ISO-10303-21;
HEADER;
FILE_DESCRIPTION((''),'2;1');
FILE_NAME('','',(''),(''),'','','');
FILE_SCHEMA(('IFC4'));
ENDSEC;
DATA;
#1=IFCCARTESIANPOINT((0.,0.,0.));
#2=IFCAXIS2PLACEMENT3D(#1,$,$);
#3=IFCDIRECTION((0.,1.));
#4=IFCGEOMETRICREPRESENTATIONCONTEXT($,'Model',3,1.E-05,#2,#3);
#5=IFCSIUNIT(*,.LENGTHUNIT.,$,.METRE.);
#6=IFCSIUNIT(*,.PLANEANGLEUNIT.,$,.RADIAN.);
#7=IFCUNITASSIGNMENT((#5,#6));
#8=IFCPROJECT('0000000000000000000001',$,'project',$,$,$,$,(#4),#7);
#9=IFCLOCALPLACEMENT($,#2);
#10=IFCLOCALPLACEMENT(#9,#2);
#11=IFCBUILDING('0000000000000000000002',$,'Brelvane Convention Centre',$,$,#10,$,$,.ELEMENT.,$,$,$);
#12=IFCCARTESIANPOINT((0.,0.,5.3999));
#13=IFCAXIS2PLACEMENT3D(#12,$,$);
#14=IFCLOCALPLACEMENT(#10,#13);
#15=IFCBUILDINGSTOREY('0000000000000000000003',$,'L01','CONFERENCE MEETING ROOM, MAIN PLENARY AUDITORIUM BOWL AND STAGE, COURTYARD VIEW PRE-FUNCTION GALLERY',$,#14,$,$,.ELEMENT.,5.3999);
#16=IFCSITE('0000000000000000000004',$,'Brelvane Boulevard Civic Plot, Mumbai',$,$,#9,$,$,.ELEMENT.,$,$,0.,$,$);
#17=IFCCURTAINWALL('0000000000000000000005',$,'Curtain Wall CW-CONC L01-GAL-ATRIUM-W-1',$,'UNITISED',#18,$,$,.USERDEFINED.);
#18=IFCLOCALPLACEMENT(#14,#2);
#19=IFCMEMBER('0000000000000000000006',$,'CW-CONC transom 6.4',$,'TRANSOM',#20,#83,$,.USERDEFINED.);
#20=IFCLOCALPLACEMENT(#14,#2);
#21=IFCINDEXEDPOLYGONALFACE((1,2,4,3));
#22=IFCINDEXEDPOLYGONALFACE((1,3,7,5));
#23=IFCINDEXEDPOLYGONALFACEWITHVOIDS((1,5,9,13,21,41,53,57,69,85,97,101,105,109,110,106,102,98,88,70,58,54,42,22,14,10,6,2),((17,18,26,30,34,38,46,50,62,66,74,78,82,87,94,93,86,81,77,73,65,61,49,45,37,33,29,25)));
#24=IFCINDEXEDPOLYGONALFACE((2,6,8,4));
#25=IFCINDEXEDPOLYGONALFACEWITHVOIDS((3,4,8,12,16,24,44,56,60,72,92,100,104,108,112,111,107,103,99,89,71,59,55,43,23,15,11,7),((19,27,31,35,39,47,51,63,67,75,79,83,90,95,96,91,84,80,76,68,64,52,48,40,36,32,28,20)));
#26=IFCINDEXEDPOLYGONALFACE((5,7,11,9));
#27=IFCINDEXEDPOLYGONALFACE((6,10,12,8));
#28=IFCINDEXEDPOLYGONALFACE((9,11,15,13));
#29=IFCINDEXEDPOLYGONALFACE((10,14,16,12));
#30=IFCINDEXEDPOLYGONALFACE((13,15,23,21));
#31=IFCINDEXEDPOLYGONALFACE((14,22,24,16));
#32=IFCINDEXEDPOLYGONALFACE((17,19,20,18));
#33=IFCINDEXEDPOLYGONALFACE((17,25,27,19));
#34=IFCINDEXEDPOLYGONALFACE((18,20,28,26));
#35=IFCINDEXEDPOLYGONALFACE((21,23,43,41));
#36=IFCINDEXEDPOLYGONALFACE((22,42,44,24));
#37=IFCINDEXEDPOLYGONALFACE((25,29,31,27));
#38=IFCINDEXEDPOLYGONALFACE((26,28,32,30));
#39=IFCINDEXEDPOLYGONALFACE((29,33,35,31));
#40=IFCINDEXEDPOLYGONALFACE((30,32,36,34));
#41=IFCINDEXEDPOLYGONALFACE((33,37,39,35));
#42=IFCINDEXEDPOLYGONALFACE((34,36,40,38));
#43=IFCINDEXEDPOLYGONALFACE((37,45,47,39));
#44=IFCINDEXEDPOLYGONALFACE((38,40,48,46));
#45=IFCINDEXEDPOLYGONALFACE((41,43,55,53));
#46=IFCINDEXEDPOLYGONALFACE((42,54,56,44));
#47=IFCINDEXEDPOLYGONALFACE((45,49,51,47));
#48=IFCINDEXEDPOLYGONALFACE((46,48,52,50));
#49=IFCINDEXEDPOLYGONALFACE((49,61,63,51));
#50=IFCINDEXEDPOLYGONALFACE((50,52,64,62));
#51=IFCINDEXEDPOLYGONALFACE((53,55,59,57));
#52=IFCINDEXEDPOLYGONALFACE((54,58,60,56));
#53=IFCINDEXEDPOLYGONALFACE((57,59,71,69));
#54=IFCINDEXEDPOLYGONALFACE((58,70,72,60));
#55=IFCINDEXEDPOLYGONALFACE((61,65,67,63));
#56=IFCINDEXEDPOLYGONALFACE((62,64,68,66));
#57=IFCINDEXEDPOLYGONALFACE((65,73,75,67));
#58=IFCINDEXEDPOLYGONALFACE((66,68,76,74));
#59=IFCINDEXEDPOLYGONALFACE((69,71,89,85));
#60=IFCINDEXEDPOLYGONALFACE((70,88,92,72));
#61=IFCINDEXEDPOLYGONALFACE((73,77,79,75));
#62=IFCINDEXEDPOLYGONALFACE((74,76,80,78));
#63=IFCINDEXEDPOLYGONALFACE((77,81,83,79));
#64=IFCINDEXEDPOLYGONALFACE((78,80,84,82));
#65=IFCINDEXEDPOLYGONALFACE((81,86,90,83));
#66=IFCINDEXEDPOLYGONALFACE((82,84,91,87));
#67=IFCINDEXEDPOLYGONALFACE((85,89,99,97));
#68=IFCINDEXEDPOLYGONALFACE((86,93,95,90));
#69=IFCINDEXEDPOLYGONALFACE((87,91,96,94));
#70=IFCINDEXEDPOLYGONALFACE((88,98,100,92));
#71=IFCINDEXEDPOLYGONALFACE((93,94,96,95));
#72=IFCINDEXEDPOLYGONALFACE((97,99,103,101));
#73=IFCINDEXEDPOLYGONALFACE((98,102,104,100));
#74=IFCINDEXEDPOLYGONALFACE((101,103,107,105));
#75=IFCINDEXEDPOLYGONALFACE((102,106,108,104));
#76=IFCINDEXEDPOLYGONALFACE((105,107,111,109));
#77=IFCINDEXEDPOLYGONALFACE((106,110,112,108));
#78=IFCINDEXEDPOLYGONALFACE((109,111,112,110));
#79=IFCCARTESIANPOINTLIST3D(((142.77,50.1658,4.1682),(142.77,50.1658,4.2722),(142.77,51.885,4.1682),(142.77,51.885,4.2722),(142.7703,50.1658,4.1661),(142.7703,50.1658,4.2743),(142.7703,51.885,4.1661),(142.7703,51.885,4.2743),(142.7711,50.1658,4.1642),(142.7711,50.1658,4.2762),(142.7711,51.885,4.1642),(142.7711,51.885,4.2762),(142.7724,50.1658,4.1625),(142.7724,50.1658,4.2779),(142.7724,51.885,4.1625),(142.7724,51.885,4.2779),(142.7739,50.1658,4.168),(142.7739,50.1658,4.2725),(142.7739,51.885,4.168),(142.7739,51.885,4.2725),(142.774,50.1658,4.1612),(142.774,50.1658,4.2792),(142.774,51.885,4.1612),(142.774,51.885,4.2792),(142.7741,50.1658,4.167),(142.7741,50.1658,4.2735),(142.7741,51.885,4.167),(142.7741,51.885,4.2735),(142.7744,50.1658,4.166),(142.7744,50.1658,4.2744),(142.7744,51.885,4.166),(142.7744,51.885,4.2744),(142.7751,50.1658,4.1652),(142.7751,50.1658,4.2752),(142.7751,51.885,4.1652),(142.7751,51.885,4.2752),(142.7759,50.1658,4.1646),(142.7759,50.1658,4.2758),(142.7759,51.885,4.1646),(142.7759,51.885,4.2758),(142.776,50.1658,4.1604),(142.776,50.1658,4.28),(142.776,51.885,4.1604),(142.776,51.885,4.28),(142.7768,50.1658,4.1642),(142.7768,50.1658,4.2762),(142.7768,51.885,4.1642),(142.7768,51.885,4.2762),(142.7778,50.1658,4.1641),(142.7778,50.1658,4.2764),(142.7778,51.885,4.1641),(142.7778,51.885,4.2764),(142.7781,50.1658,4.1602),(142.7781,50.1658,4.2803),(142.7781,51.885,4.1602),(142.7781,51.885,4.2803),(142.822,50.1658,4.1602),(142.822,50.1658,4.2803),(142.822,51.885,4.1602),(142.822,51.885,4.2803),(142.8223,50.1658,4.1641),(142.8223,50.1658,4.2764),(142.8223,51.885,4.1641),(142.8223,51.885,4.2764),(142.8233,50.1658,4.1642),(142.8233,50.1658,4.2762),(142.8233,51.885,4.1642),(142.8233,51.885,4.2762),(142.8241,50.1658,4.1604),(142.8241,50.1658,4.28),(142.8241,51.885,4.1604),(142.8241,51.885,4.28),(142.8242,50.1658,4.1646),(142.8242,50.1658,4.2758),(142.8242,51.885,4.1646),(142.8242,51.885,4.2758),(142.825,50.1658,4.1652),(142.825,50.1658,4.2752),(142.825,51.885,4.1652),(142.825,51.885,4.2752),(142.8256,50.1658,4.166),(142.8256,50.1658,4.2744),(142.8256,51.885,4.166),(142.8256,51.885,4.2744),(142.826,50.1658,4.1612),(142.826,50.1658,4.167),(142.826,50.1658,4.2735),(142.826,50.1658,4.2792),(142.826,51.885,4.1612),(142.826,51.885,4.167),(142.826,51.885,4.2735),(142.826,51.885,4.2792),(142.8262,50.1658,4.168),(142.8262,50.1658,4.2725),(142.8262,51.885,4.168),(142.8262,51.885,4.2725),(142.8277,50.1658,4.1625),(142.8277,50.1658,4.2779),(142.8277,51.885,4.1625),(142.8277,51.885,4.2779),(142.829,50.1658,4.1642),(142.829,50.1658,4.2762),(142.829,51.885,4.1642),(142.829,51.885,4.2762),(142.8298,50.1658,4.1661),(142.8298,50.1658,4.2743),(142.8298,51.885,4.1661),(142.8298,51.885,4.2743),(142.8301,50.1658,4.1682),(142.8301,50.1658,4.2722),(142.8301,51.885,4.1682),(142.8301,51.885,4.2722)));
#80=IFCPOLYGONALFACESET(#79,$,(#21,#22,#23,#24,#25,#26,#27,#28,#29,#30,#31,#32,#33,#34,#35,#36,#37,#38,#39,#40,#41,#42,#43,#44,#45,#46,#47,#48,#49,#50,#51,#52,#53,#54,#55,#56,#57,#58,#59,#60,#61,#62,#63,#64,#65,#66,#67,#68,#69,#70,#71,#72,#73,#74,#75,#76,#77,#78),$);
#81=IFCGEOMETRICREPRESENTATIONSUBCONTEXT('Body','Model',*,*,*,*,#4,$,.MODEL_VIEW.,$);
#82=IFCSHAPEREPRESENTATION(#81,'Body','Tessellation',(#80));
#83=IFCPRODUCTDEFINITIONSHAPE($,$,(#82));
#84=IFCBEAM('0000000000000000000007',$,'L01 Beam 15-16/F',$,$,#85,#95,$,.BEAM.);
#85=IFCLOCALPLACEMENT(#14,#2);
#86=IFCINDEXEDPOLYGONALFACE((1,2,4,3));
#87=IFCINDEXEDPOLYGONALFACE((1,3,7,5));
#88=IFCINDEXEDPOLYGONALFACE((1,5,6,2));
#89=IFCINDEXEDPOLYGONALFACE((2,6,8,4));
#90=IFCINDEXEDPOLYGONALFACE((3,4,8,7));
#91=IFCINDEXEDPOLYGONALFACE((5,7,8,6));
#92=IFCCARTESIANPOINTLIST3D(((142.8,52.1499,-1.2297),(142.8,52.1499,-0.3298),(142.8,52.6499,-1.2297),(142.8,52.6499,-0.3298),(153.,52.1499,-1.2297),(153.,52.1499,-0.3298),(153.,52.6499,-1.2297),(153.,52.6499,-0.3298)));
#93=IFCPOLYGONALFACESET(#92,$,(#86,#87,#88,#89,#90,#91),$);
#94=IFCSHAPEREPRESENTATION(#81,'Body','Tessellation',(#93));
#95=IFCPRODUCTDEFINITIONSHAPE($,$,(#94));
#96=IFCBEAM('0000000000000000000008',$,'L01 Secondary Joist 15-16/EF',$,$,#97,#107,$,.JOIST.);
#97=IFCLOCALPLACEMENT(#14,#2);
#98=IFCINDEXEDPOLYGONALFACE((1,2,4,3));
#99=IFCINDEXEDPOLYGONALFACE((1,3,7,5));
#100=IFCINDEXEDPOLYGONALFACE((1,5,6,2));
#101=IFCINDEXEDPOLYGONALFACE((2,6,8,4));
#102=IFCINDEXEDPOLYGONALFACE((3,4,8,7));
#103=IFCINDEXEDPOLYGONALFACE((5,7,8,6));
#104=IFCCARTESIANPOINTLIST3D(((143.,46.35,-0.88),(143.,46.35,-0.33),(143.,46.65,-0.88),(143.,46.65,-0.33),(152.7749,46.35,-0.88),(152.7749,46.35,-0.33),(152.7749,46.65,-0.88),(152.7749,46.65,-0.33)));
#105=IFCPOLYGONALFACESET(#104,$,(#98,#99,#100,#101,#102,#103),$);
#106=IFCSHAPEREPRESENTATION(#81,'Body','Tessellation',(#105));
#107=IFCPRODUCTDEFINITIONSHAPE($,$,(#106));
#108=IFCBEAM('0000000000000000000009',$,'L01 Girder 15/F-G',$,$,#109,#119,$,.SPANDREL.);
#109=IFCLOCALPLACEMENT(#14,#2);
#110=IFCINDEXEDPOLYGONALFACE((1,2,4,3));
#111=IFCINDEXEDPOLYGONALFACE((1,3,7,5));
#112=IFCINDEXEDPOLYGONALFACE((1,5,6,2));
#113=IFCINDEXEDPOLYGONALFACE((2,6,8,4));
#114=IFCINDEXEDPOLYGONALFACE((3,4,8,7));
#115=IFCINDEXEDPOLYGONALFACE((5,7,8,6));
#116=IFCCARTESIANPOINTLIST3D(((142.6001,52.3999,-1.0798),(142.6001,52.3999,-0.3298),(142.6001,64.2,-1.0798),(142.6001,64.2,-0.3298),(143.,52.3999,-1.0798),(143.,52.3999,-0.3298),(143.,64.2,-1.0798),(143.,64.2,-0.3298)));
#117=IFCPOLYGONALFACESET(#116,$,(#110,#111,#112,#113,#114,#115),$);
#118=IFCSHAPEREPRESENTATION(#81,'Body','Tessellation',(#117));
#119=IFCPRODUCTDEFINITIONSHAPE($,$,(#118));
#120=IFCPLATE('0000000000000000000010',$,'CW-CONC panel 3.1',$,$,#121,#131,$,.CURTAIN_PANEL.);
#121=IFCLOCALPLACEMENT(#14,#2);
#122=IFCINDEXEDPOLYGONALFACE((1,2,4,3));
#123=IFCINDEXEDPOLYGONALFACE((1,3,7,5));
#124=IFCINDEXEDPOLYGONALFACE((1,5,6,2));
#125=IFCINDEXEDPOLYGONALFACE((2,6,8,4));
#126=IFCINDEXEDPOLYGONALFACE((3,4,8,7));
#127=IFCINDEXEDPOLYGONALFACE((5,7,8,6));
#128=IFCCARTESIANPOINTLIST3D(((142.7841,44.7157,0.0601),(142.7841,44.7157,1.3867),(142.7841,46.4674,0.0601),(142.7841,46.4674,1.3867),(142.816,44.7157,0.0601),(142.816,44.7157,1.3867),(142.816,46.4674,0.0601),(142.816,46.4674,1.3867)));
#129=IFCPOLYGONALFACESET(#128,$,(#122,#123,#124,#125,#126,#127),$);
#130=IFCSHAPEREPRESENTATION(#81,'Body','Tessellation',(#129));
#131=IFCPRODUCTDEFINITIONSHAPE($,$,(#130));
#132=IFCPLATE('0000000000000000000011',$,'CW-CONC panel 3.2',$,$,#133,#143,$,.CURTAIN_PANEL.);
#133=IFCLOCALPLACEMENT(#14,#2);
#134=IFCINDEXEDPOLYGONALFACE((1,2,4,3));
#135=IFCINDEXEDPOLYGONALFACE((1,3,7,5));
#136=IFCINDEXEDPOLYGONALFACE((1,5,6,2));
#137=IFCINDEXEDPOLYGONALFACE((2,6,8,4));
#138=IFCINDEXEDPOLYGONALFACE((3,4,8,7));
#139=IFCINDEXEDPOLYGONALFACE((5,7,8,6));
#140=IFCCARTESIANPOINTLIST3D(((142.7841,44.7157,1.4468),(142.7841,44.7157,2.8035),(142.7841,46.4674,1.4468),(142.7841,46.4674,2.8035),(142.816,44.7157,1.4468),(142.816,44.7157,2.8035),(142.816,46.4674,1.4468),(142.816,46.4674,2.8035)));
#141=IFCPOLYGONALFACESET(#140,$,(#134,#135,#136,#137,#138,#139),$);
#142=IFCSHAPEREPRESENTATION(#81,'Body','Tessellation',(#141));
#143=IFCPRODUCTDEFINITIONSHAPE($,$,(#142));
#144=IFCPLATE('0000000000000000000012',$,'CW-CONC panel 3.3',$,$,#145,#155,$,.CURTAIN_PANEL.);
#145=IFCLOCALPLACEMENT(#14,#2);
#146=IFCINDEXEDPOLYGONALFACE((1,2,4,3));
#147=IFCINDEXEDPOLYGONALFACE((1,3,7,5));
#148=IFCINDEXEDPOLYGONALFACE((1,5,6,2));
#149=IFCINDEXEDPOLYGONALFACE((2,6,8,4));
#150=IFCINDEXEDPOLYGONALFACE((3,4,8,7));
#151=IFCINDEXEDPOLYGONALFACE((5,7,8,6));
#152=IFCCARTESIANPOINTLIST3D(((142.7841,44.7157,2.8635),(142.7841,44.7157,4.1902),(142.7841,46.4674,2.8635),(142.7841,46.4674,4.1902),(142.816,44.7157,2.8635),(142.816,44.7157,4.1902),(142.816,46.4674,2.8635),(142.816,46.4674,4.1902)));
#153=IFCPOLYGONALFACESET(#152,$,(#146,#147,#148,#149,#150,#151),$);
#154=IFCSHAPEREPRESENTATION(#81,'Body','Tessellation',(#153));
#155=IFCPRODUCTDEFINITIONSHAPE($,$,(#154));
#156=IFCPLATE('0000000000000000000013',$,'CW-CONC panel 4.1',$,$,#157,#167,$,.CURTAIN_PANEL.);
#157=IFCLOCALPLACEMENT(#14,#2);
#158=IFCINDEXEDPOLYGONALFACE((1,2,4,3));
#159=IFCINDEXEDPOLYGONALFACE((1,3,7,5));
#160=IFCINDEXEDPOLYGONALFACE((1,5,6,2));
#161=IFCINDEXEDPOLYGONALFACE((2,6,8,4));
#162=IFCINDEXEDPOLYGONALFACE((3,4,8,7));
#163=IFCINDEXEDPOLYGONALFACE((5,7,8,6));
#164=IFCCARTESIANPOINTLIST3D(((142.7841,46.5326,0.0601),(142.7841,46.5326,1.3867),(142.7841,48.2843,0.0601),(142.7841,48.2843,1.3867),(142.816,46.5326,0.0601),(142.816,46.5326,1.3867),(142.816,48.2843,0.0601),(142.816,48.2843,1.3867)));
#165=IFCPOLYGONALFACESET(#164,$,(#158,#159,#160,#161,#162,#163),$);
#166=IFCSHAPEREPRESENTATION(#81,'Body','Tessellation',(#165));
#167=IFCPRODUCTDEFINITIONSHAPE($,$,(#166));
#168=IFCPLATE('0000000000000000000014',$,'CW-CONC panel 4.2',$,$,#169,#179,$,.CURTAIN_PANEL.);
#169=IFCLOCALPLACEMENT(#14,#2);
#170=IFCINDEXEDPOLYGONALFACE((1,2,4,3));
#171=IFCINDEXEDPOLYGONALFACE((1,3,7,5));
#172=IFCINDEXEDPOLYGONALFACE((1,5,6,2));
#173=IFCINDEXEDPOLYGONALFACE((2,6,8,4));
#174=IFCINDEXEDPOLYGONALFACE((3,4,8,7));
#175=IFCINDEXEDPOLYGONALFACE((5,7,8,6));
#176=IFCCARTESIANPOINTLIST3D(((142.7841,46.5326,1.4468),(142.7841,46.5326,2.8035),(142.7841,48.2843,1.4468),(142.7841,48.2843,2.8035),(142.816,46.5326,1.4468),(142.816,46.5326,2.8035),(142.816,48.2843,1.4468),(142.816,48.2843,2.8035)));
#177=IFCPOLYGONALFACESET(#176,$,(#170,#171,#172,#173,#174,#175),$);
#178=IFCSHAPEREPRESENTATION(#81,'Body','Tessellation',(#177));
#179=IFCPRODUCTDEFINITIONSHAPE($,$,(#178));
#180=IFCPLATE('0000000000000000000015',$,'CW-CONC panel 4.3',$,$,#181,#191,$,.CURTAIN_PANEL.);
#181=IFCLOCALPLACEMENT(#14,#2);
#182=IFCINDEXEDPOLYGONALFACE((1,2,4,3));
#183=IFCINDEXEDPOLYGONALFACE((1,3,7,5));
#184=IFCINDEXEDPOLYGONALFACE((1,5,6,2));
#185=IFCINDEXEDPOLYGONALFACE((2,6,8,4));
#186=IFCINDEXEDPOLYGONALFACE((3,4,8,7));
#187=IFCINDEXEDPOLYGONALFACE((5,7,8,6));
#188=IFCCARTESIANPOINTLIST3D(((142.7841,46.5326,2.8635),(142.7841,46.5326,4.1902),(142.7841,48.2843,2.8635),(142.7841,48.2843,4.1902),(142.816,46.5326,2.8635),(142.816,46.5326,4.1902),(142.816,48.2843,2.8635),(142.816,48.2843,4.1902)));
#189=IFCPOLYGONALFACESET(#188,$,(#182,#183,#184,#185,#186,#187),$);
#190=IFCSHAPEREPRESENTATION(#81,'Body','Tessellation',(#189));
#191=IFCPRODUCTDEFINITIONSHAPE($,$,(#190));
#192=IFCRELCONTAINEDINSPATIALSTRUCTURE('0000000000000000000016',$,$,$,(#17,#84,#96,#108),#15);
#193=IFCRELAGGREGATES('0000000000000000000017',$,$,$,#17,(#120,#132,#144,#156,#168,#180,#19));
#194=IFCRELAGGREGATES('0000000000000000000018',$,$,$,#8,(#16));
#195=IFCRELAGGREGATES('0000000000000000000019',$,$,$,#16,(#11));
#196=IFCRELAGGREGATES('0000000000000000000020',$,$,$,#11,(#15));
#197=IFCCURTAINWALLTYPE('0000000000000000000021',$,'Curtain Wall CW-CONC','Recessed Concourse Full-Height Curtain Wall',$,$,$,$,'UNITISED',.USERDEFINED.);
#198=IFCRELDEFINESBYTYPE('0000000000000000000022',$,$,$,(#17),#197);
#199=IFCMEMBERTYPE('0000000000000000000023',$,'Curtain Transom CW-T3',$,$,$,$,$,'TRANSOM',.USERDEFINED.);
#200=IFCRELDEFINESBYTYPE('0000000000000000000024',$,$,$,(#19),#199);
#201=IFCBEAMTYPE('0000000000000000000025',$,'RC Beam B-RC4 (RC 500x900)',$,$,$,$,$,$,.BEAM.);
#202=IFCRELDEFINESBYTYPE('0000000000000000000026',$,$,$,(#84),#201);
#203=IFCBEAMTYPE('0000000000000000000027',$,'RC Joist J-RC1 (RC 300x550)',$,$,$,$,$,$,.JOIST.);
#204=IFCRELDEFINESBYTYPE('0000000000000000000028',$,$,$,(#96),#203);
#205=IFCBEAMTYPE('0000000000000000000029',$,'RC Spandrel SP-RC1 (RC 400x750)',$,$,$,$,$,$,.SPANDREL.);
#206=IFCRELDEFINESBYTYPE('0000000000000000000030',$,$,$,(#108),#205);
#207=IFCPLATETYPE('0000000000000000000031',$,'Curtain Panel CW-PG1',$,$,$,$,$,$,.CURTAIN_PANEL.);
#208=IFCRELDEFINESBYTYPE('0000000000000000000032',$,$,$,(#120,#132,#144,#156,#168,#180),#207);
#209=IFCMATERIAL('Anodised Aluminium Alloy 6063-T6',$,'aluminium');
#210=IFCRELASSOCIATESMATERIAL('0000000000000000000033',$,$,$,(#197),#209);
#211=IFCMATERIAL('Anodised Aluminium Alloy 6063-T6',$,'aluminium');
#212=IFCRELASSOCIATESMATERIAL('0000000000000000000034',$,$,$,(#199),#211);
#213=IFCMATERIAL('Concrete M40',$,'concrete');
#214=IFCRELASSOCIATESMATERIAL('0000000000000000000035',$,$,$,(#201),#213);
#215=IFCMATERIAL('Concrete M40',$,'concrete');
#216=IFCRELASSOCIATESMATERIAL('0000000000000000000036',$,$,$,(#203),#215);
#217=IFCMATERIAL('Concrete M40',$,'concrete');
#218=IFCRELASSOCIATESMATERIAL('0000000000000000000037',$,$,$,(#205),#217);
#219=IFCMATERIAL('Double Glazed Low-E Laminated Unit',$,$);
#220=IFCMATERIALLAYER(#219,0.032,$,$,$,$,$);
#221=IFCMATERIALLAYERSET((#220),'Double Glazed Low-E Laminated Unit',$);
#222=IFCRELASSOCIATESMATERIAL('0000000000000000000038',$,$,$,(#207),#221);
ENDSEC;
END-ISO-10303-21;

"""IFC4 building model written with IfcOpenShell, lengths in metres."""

from ifc_helpers import new_model, si_unit, direction, frame, origin, origin_2d, place, context, subcontext, project, spatial, rectangle, hollow_rectangle, extrude, material, layer, layer_set, material_profile, profile_set, type_object, element, aggregate, save


model = new_model("IFC4")

# Units and contexts
model_context = context("Model", 3, precision=1e-05, world=origin(), true_north=direction((0.0, 1.0)))
body_context = subcontext(model_context, "Body", "Model", "MODEL_VIEW")
ifc_project = project(units=[si_unit("LENGTHUNIT", "METRE"), si_unit("PLANEANGLEUNIT", "RADIAN")], contexts=[model_context])

# Site, building, storey
site_placement = place(None, origin())
site = spatial("IfcSite", under=ifc_project, at=site_placement, Name="Brelvane Boulevard Civic Plot, Mumbai", CompositionType="ELEMENT", RefElevation=0.0)
building_placement = place(site_placement, origin())
building = spatial("IfcBuilding", under=site, at=building_placement, Name="Brelvane Convention Centre", CompositionType="ELEMENT")
storey_placement = place(building_placement, frame((0.0, 0.0, 5.3999)))
storey = spatial("IfcBuildingStorey", under=building, at=storey_placement, Name="L01", Description="CONFERENCE MEETING ROOM, MAIN PLENARY AUDITORIUM BOWL AND STAGE, COURTYARD VIEW PRE-FUNCTION GALLERY", CompositionType="ELEMENT", Elevation=5.3999)

# Curtain wall, member
ifc_material_1 = material(Name="Anodised Aluminium Alloy 6063-T6", Category="aluminium")
curtain_wall_type = type_object("IfcCurtainWallType", Name="Curtain Wall CW-CONC", Description="Recessed Concourse Full-Height Curtain Wall", ElementType="UNITISED", PredefinedType="USERDEFINED", material=ifc_material_1)
curtain_wall_placement = place(storey_placement, origin())
curtain_wall = element("IfcCurtainWall", 1, at=curtain_wall_placement, inside=storey, type_object=curtain_wall_type, Name="Curtain Wall CW-CONC L01-GAL-ATRIUM-W-1", ObjectType="UNITISED", PredefinedType="USERDEFINED")
ifc_material_2 = material(Name="Anodised Aluminium Alloy 6063-T6", Category="aluminium")
ifc_material_profile_1 = material_profile(ifc_material_2, hollow_rectangle(XDim=0.0601, YDim=0.1201, WallThickness=0.0039, InnerFilletRadius=0.0039, OuterFilletRadius=0.0081, at=origin_2d()), Name="ALU-T 120x60x4.0")
ifc_profile_set_1 = profile_set([ifc_material_profile_1], Name="Anodised Aluminium Alloy 6063-T6")
member_type_1 = type_object("IfcMemberType", Name="Curtain Transom CW-T3", ElementType="TRANSOM", PredefinedType="USERDEFINED", material=ifc_profile_set_1)
member_1_placement = place(storey_placement, frame((142.8, 50.1658, 4.2202), z_axis=(0.0, 1.0, 0.0), x_axis=(-1.0, 0.0, 0.0)))
member_1 = element("IfcMember", 2, at=member_1_placement, type_object=member_type_1, Name="CW-CONC transom 6.4", ObjectType="TRANSOM", PredefinedType="USERDEFINED", context=body_context, shape_type="SweptSolid", body=[
    extrude(hollow_rectangle(XDim=0.0601, YDim=0.1201, WallThickness=0.0039, InnerFilletRadius=0.0039, OuterFilletRadius=0.0081, at=origin_2d()), origin(), (0.0, 0.0, 1.0), 1.7192),
])

# Beams
ifc_material_3 = material(Name="Concrete M40", Category="concrete")
ifc_material_profile_2 = material_profile(ifc_material_3, rectangle(XDim=0.5, YDim=0.8999, at=origin_2d()), Name="RC 500x900")
ifc_profile_set_2 = profile_set([ifc_material_profile_2], Name="Concrete M40")
beam_type_1 = type_object("IfcBeamType", Name="RC Beam B-RC4 (RC 500x900)", PredefinedType="BEAM", material=ifc_profile_set_2)
beam_1_placement = place(storey_placement, frame((142.8, 52.3999, -0.7798), z_axis=(1.0, 0.0, 0.0), x_axis=(0.0, 1.0, 0.0)))
element("IfcBeam", 3, at=beam_1_placement, inside=storey, type_object=beam_type_1, Name="L01 Beam 15-16/F", PredefinedType="BEAM", context=body_context, shape_type="SweptSolid", body=[
    extrude(rectangle(XDim=0.5, YDim=0.8999, at=origin_2d()), origin(), (0.0, 0.0, 1.0), 10.2),
])
ifc_material_4 = material(Name="Concrete M40", Category="concrete")
ifc_material_profile_3 = material_profile(ifc_material_4, rectangle(XDim=0.3, YDim=0.55, at=origin_2d()), Name="RC 300x550")
ifc_profile_set_3 = profile_set([ifc_material_profile_3], Name="Concrete M40")
beam_type_2 = type_object("IfcBeamType", Name="RC Joist J-RC1 (RC 300x550)", PredefinedType="JOIST", material=ifc_profile_set_3)
beam_2_placement = place(storey_placement, frame((143.0, 46.5, -0.605), z_axis=(1.0, 0.0, 0.0), x_axis=(0.0, 1.0, 0.0)))
element("IfcBeam", 4, at=beam_2_placement, inside=storey, type_object=beam_type_2, Name="L01 Secondary Joist 15-16/EF", PredefinedType="JOIST", context=body_context, shape_type="SweptSolid", body=[
    extrude(rectangle(XDim=0.3, YDim=0.55, at=origin_2d()), origin(), (0.0, 0.0, 1.0), 9.7749),
])
ifc_material_5 = material(Name="Concrete M40", Category="concrete")
ifc_material_profile_4 = material_profile(ifc_material_5, rectangle(XDim=0.3999, YDim=0.75, at=origin_2d()), Name="RC 400x750")
ifc_profile_set_4 = profile_set([ifc_material_profile_4], Name="Concrete M40")
beam_type_3 = type_object("IfcBeamType", Name="RC Spandrel SP-RC1 (RC 400x750)", PredefinedType="SPANDREL", material=ifc_profile_set_4)
beam_3_placement = place(storey_placement, frame((142.8, 52.3999, -0.7048), z_axis=(0.0, 1.0, 0.0), x_axis=(-1.0, 0.0, 0.0)))
element("IfcBeam", 5, at=beam_3_placement, inside=storey, type_object=beam_type_3, Name="L01 Girder 15/F-G", PredefinedType="SPANDREL", context=body_context, shape_type="SweptSolid", body=[
    extrude(rectangle(XDim=0.3999, YDim=0.75, at=origin_2d()), origin(), (0.0, 0.0, 1.0), 11.8),
])

# Plates
ifc_material_6 = material(Name="Double Glazed Low-E Laminated Unit")
ifc_layer_1 = layer(ifc_material_6, 0.032)
ifc_layer_set_1 = layer_set([ifc_layer_1], Name="Double Glazed Low-E Laminated Unit")
plate_type = type_object("IfcPlateType", Name="Curtain Panel CW-PG1", PredefinedType="CURTAIN_PANEL", material=ifc_layer_set_1)
plate_1_placement = place(storey_placement, frame((142.8, 45.5916, 0.0601), z_axis=(0.0, 0.0, 1.0), x_axis=(0.0, 1.0, 0.0)))
plate_1 = element("IfcPlate", 6, at=plate_1_placement, type_object=plate_type, Name="CW-CONC panel 3.1", PredefinedType="CURTAIN_PANEL", context=body_context, shape_type="SweptSolid", body=[
    extrude(rectangle(XDim=1.7517, YDim=0.032, at=origin_2d()), origin(), (0.0, 0.0, 1.0), 1.3267),
])
plate_2_placement = place(storey_placement, frame((142.8, 45.5916, 1.4468), z_axis=(0.0, 0.0, 1.0), x_axis=(0.0, 1.0, 0.0)))
plate_2 = element("IfcPlate", 7, at=plate_2_placement, type_object=plate_type, Name="CW-CONC panel 3.2", PredefinedType="CURTAIN_PANEL", context=body_context, shape_type="SweptSolid", body=[
    extrude(rectangle(XDim=1.7517, YDim=0.032, at=origin_2d()), origin(), (0.0, 0.0, 1.0), 1.3567),
])
plate_3_placement = place(storey_placement, frame((142.8, 45.5916, 2.8635), z_axis=(0.0, 0.0, 1.0), x_axis=(0.0, 1.0, 0.0)))
plate_3 = element("IfcPlate", 8, at=plate_3_placement, type_object=plate_type, Name="CW-CONC panel 3.3", PredefinedType="CURTAIN_PANEL", context=body_context, shape_type="SweptSolid", body=[
    extrude(rectangle(XDim=1.7517, YDim=0.032, at=origin_2d()), origin(), (0.0, 0.0, 1.0), 1.3267),
])
plate_4_placement = place(storey_placement, frame((142.8, 47.4084, 0.0601), z_axis=(0.0, 0.0, 1.0), x_axis=(0.0, 1.0, 0.0)))
plate_4 = element("IfcPlate", 9, at=plate_4_placement, type_object=plate_type, Name="CW-CONC panel 4.1", PredefinedType="CURTAIN_PANEL", context=body_context, shape_type="SweptSolid", body=[
    extrude(rectangle(XDim=1.7517, YDim=0.032, at=origin_2d()), origin(), (0.0, 0.0, 1.0), 1.3267),
])
plate_5_placement = place(storey_placement, frame((142.8, 47.4084, 1.4468), z_axis=(0.0, 0.0, 1.0), x_axis=(0.0, 1.0, 0.0)))
plate_5 = element("IfcPlate", 10, at=plate_5_placement, type_object=plate_type, Name="CW-CONC panel 4.2", PredefinedType="CURTAIN_PANEL", context=body_context, shape_type="SweptSolid", body=[
    extrude(rectangle(XDim=1.7517, YDim=0.032, at=origin_2d()), origin(), (0.0, 0.0, 1.0), 1.3567),
])
plate_6_placement = place(storey_placement, frame((142.8, 47.4084, 2.8635), z_axis=(0.0, 0.0, 1.0), x_axis=(0.0, 1.0, 0.0)))
plate_6 = element("IfcPlate", 11, at=plate_6_placement, type_object=plate_type, Name="CW-CONC panel 4.3", PredefinedType="CURTAIN_PANEL", context=body_context, shape_type="SweptSolid", body=[
    extrude(rectangle(XDim=1.7517, YDim=0.032, at=origin_2d()), origin(), (0.0, 0.0, 1.0), 1.3267),
])
aggregate(curtain_wall, [plate_1, plate_2, plate_3, plate_4, plate_5, plate_6, member_1])

save(model, "model.ifc")
